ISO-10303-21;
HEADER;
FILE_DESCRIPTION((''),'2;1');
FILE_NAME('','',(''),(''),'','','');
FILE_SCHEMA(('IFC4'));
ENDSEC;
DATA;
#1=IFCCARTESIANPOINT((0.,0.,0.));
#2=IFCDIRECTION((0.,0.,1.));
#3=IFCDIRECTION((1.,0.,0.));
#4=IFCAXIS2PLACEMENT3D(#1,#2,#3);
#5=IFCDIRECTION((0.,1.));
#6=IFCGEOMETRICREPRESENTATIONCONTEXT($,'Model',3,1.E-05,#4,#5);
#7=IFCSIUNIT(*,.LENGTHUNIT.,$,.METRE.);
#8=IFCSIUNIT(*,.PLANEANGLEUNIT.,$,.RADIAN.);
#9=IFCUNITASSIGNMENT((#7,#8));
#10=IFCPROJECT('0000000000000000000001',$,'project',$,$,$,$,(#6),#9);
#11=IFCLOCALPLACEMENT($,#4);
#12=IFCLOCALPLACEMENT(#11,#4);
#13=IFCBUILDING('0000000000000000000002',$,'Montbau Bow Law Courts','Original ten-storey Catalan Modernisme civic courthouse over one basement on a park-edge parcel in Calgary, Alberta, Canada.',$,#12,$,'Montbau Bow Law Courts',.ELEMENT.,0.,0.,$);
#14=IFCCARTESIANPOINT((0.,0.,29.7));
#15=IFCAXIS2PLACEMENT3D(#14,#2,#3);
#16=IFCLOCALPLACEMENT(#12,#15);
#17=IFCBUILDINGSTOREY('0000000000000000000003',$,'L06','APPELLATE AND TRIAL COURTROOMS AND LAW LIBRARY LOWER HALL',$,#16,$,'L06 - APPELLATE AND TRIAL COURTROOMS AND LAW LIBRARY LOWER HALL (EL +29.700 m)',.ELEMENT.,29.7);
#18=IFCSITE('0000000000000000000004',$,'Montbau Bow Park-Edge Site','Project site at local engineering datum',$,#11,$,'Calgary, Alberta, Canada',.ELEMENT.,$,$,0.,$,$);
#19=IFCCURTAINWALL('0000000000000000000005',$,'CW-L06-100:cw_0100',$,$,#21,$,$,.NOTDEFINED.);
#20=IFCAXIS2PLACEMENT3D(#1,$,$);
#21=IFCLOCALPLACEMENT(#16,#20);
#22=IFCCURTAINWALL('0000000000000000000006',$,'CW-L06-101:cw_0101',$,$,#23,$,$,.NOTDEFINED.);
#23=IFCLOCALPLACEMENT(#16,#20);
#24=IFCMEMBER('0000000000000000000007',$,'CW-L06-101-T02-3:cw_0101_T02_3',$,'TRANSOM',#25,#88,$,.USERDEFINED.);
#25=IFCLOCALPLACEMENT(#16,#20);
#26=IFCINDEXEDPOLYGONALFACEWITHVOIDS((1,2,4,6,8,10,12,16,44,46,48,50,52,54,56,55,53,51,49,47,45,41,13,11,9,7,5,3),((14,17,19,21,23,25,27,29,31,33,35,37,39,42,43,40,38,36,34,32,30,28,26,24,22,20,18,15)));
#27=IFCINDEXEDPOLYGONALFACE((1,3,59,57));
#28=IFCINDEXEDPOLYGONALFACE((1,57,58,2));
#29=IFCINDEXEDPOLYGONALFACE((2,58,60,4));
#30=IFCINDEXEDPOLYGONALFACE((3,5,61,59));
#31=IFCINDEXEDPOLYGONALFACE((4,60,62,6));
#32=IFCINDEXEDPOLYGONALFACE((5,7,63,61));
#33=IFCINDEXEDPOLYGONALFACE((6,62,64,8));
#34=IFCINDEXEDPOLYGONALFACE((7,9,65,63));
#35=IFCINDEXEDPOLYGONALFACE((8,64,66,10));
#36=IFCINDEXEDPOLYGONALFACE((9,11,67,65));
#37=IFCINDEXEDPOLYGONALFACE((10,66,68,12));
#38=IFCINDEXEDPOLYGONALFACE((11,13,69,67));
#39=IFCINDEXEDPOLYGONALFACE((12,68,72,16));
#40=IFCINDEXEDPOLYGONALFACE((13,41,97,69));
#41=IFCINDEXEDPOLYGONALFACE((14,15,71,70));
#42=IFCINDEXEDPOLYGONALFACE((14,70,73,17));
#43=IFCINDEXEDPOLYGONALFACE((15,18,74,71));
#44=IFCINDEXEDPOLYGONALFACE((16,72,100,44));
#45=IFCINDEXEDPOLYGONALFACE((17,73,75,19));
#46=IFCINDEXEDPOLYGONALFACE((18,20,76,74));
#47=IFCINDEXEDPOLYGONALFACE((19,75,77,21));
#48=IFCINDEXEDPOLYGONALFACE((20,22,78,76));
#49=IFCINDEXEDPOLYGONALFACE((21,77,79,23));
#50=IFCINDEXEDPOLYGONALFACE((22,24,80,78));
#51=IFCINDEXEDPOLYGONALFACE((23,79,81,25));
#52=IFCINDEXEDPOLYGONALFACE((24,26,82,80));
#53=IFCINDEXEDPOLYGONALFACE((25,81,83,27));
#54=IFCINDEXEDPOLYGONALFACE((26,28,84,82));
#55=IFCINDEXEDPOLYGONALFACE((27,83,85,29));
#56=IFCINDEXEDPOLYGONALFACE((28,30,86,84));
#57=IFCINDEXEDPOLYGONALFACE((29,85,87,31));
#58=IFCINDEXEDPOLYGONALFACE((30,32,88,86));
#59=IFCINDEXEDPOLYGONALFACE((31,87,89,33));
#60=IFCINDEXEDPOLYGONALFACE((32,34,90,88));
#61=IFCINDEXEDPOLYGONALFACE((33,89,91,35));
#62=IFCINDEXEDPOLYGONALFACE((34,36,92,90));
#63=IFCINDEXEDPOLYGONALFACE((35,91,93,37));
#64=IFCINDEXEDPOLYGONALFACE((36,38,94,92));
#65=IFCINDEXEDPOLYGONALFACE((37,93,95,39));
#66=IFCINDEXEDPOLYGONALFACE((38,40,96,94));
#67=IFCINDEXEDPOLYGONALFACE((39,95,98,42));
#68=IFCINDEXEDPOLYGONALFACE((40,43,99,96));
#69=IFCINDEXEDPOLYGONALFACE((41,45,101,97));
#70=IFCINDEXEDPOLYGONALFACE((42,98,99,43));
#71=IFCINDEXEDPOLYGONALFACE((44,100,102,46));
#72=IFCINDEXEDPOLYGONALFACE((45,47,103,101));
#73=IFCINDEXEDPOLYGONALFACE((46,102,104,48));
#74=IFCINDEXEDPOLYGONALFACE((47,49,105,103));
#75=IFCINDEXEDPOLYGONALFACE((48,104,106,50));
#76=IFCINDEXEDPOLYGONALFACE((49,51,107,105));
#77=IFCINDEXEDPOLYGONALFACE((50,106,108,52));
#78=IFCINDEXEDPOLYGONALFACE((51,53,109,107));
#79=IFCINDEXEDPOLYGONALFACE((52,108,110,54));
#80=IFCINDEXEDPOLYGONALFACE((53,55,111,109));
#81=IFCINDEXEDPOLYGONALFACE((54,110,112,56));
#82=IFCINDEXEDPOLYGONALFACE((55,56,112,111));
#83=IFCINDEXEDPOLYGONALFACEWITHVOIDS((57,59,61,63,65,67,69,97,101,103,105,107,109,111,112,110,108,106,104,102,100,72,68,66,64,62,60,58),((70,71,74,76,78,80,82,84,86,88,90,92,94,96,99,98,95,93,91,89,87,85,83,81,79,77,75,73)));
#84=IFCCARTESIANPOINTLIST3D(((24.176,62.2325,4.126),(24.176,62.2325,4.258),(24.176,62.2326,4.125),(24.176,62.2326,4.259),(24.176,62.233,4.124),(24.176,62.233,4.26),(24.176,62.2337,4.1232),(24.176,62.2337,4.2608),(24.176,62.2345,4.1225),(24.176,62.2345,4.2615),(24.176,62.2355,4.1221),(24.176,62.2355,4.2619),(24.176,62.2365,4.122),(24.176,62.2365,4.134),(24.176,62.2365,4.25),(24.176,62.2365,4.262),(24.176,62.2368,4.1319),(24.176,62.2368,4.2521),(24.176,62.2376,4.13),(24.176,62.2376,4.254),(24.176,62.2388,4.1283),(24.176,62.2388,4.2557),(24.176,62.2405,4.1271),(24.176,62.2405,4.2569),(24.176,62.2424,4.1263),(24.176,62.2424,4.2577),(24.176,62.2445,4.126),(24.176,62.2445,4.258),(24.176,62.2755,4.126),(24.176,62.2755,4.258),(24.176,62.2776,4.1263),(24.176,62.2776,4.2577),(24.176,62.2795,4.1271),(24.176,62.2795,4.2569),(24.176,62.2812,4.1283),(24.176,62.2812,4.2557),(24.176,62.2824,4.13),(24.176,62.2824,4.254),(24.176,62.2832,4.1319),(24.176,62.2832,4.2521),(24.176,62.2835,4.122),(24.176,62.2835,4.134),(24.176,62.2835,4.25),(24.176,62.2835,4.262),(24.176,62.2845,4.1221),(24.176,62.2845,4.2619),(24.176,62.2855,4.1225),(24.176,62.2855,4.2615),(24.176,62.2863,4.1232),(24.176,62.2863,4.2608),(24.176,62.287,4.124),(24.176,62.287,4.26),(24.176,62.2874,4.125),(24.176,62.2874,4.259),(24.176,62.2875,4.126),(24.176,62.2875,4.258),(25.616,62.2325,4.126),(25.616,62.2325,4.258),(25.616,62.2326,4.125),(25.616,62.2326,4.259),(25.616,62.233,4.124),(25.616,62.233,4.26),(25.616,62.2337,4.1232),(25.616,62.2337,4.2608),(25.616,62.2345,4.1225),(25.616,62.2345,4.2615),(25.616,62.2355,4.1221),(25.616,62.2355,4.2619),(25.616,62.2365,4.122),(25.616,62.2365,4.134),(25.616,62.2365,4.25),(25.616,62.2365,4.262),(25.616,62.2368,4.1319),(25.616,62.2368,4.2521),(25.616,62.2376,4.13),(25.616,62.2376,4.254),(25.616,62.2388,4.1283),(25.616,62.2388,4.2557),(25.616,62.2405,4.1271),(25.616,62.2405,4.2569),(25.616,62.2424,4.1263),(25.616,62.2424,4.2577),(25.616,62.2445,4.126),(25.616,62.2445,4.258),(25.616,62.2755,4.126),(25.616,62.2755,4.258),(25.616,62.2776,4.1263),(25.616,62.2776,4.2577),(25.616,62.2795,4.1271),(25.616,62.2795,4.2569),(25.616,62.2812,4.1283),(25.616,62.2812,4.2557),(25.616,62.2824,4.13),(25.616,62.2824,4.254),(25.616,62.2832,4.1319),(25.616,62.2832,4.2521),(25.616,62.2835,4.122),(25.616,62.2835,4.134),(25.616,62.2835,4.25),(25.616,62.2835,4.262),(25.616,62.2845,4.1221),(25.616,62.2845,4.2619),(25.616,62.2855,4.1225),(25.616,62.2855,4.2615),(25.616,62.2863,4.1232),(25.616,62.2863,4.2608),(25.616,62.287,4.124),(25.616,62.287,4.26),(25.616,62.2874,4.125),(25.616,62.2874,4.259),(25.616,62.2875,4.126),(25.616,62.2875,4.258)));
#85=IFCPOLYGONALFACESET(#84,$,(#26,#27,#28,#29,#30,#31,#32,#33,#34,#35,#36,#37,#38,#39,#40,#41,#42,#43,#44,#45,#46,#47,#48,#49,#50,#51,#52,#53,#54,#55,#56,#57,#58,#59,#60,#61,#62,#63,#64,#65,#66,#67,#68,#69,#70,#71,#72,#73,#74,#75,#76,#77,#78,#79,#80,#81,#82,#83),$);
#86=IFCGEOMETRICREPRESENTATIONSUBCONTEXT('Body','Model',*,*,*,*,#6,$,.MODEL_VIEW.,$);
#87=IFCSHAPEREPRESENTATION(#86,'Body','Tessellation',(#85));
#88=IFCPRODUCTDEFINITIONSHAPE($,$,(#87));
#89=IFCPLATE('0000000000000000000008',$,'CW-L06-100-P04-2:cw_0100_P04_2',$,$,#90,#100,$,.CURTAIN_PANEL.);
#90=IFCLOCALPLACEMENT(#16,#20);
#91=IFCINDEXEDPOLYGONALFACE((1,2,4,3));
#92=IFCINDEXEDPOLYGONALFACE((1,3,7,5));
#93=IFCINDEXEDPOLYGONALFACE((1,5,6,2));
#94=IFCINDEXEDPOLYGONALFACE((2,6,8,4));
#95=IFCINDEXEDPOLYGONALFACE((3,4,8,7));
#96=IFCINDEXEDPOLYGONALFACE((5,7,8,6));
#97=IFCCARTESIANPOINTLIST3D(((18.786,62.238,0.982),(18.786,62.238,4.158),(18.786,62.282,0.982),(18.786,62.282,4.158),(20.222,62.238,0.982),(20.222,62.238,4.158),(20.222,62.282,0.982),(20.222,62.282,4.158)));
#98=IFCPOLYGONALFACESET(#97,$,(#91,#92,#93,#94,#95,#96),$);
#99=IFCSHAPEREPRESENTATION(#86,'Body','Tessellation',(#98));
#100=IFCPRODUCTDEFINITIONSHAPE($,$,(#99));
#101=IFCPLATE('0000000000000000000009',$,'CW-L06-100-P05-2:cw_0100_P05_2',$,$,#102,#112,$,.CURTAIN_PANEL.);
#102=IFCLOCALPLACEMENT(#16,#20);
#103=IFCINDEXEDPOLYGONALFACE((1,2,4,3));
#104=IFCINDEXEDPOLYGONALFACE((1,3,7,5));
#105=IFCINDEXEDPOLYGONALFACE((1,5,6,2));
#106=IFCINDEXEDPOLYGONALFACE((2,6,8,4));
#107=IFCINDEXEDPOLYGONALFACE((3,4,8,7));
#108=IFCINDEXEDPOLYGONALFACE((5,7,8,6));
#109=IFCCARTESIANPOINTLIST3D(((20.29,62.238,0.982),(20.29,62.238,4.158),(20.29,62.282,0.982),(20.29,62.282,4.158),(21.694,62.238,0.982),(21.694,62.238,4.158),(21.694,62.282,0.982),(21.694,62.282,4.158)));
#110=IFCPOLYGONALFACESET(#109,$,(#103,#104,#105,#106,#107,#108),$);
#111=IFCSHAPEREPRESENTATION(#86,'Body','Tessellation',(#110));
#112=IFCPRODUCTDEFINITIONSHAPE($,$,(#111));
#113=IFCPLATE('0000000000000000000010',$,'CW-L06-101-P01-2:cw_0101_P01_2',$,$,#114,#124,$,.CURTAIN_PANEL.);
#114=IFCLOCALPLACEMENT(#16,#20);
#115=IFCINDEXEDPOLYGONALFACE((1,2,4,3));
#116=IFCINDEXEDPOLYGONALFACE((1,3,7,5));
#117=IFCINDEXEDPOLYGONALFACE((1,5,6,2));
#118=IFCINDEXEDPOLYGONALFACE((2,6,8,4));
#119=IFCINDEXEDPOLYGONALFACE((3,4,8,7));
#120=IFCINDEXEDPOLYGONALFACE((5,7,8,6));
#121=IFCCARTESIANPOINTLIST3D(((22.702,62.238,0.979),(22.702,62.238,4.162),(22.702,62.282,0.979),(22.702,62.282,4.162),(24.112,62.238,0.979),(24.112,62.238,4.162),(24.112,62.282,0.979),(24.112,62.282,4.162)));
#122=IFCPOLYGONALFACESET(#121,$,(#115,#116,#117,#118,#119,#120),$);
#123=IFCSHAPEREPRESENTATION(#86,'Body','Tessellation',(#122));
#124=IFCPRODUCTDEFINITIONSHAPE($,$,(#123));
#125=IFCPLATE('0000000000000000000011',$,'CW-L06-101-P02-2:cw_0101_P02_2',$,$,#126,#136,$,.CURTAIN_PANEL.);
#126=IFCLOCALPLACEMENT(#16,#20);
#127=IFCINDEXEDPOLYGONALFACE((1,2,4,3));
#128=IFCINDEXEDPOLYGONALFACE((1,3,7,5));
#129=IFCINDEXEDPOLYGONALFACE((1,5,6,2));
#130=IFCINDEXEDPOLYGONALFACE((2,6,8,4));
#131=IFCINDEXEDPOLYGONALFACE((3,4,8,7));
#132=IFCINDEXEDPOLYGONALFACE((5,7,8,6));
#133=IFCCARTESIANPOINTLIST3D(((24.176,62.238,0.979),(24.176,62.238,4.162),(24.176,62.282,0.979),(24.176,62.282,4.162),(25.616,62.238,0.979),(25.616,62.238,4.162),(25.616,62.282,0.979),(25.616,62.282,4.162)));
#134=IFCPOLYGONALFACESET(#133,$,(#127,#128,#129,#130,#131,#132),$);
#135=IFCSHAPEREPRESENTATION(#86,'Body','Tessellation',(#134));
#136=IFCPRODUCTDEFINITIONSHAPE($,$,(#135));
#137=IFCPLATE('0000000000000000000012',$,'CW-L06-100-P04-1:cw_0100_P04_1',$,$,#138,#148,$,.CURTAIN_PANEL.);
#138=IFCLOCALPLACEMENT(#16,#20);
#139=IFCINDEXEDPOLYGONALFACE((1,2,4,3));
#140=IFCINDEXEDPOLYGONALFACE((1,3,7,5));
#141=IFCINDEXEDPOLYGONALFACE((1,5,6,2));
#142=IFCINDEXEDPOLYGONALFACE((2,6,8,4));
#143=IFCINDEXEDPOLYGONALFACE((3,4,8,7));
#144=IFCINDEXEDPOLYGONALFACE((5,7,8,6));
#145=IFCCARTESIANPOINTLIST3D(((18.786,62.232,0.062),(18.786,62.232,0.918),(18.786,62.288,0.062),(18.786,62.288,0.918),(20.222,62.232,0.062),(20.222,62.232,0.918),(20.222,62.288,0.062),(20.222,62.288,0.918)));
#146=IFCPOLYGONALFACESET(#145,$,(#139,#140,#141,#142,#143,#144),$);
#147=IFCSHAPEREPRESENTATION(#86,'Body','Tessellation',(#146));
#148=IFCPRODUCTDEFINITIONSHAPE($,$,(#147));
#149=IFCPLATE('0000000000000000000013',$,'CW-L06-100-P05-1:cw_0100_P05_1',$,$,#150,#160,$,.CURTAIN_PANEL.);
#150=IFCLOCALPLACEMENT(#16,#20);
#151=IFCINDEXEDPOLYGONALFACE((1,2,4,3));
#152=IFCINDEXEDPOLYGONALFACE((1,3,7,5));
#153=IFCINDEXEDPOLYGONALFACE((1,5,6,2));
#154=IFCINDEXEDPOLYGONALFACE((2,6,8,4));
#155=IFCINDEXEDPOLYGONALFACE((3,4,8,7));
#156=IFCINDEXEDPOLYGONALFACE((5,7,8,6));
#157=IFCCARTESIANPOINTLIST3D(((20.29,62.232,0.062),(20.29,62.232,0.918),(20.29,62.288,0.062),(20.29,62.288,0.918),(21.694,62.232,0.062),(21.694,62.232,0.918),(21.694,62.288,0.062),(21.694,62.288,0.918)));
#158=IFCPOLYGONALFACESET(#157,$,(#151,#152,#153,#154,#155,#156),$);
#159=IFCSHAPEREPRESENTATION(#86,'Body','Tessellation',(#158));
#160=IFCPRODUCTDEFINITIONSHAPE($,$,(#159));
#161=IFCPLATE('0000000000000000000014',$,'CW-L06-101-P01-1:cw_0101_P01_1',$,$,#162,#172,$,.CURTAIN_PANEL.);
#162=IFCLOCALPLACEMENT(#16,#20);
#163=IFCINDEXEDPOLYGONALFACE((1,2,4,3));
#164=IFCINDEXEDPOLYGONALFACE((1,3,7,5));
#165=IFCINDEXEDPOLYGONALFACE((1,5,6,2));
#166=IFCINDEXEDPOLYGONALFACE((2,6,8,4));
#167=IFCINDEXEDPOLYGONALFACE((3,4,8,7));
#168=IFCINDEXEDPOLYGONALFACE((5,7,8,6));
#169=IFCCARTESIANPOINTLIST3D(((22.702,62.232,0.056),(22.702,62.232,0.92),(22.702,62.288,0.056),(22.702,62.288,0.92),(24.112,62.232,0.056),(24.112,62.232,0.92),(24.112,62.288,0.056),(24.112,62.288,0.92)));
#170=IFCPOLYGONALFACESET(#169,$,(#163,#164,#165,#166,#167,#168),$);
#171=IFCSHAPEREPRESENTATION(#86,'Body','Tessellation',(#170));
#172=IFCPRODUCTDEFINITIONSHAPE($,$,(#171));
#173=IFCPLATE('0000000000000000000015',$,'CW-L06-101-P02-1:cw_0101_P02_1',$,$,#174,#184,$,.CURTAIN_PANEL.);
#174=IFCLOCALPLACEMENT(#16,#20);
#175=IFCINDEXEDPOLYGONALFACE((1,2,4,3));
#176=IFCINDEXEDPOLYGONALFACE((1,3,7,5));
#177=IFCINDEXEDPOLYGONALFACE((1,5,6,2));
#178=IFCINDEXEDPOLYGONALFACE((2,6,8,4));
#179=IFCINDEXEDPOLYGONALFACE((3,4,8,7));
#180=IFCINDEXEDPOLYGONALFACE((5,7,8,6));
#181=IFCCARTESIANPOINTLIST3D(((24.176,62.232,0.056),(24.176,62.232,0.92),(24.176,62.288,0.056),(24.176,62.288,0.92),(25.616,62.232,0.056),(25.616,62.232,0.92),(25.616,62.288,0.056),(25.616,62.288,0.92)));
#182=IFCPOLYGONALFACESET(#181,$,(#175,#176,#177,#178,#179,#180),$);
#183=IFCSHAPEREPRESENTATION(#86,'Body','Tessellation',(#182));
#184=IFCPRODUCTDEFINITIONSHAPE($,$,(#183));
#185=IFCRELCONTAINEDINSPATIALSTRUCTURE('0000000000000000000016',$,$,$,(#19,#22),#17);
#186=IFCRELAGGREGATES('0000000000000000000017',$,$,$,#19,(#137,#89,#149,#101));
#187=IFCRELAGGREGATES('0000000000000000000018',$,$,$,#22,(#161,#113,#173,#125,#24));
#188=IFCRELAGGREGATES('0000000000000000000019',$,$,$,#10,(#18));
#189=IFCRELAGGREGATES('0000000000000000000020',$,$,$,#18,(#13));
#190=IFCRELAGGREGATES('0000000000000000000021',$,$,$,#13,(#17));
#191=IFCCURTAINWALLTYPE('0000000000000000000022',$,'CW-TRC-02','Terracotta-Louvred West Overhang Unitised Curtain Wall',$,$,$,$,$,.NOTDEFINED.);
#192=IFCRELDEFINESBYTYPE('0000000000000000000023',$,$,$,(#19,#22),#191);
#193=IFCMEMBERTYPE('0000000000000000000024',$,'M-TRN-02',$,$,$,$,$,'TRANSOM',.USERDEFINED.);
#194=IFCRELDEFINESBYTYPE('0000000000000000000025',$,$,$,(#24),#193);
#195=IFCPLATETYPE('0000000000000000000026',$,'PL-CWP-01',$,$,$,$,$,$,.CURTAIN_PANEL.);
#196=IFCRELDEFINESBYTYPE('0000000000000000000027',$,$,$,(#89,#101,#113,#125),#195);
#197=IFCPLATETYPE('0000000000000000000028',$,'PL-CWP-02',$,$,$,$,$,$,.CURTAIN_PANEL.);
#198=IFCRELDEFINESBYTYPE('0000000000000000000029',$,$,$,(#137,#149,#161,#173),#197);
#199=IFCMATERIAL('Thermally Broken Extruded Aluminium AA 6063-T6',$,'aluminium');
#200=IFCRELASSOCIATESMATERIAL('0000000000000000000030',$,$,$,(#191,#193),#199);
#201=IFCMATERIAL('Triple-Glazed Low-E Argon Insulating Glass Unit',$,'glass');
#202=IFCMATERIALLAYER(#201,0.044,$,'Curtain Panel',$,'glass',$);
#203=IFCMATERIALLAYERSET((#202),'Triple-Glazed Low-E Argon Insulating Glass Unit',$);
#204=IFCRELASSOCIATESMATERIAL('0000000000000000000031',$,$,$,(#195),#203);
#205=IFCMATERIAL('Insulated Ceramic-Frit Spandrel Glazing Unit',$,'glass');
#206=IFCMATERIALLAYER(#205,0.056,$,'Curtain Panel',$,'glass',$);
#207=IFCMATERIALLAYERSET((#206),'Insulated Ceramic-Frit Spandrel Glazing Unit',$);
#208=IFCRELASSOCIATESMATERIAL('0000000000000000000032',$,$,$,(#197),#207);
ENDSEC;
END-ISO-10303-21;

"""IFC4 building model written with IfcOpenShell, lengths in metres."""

from ifc_helpers import new_model, si_unit, direction, frame, frame_2d, origin_with_axes, origin_2d_with_axis, place, context, subcontext, project, spatial, rectangle, hollow_rectangle, extrude, material, layer, layer_set, material_profile, profile_set, type_object, element, aggregate, save


model = new_model("IFC4")

# Units and contexts
model_context = context("Model", 3, precision=1e-05, world=origin_with_axes(), true_north=direction((0.0, 1.0)))
body_context = subcontext(model_context, "Body", "Model", "MODEL_VIEW")
ifc_project = project(units=[si_unit("LENGTHUNIT", "METRE"), si_unit("PLANEANGLEUNIT", "RADIAN")], contexts=[model_context])

# Site, building, storey
site_placement = place(None, origin_with_axes())
site = spatial("IfcSite", under=ifc_project, at=site_placement, Name="Montbau Bow Park-Edge Site", Description="Project site at local engineering datum", LongName="Calgary, Alberta, Canada", CompositionType="ELEMENT", RefElevation=0.0)
building_placement = place(site_placement, origin_with_axes())
building = spatial("IfcBuilding", under=site, at=building_placement, Name="Montbau Bow Law Courts", Description="Original ten-storey Catalan Modernisme civic courthouse over one basement on a park-edge parcel in Calgary, Alberta, Canada.", LongName="Montbau Bow Law Courts", CompositionType="ELEMENT", ElevationOfRefHeight=0.0, ElevationOfTerrain=0.0)
storey_placement = place(building_placement, frame((0.0, 0.0, 29.7), z_axis=(0.0, 0.0, 1.0), x_axis=(1.0, 0.0, 0.0)))
storey = spatial("IfcBuildingStorey", under=building, at=storey_placement, Name="L06", Description="APPELLATE AND TRIAL COURTROOMS AND LAW LIBRARY LOWER HALL", LongName="L06 - APPELLATE AND TRIAL COURTROOMS AND LAW LIBRARY LOWER HALL (EL +29.700 m)", CompositionType="ELEMENT", Elevation=29.7)

# Curtain walls
ifc_material_1 = material(Name="Thermally Broken Extruded Aluminium AA 6063-T6", Category="aluminium")
curtain_wall_type = type_object("IfcCurtainWallType", Name="CW-TRC-02", Description="Terracotta-Louvred West Overhang Unitised Curtain Wall", PredefinedType="NOTDEFINED", material=ifc_material_1)
curtain_wall_1_placement = place(None, frame((14.24, 62.26, 29.7), z_axis=(0.0, 0.0, 1.0), x_axis=(1.0, 0.0, 0.0)))
curtain_wall_1 = element("IfcCurtainWall", 1, at=curtain_wall_1_placement, inside=storey, type_object=curtain_wall_type, Name="CW-L06-100:cw_0100", PredefinedType="NOTDEFINED")
curtain_wall_2_placement = place(None, frame((22.64, 62.26, 29.7), z_axis=(0.0, 0.0, 1.0), x_axis=(1.0, 0.0, 0.0)))
curtain_wall_2 = element("IfcCurtainWall", 2, at=curtain_wall_2_placement, inside=storey, type_object=curtain_wall_type, Name="CW-L06-101:cw_0101", PredefinedType="NOTDEFINED")

# Member
ifc_material_profile_1 = material_profile(ifc_material_1, hollow_rectangle(XDim=0.055, YDim=0.14, WallThickness=0.004, InnerFilletRadius=0.008, OuterFilletRadius=0.004, at=origin_2d_with_axis()), Name="CWT-140X55", Category="Main", Priority=0)
ifc_profile_set_1 = profile_set([ifc_material_profile_1], Name="Thermally Broken Extruded Aluminium AA 6063-T6")
member_type_1 = type_object("IfcMemberType", Name="M-TRN-02", ElementType="TRANSOM", PredefinedType="USERDEFINED", material=ifc_profile_set_1)
member_1_placement = place(None, frame((24.176, 62.26, 33.892), z_axis=(1.0, 0.0, 0.0), x_axis=(0.0, 1.0, 0.0)))
member_1 = element("IfcMember", 3, at=member_1_placement, type_object=member_type_1, Name="CW-L06-101-T02-3:cw_0101_T02_3", ObjectType="TRANSOM", PredefinedType="USERDEFINED", context=body_context, shape_type="SweptSolid", body=[
    extrude(hollow_rectangle(XDim=0.055, YDim=0.14, WallThickness=0.004, InnerFilletRadius=0.008, OuterFilletRadius=0.004, at=origin_2d_with_axis()), origin_with_axes(), (0.0, 0.0, 1.0), 1.44),
])

# Plates
ifc_material_2 = material(Name="Triple-Glazed Low-E Argon Insulating Glass Unit", Category="glass")
ifc_layer_1 = layer(ifc_material_2, 0.044, Name="Curtain Panel", Category="glass")
ifc_layer_set_1 = layer_set([ifc_layer_1], Name="Triple-Glazed Low-E Argon Insulating Glass Unit")
plate_type_1 = type_object("IfcPlateType", Name="PL-CWP-01", PredefinedType="CURTAIN_PANEL", material=ifc_layer_set_1)
plate_1_placement = place(None, frame((18.786, 62.26, 30.682), z_axis=(0.0, -1.0, 0.0), x_axis=(1.0, 0.0, 0.0)))
plate_1 = element("IfcPlate", 4, at=plate_1_placement, type_object=plate_type_1, Name="CW-L06-100-P04-2:cw_0100_P04_2", PredefinedType="CURTAIN_PANEL", context=body_context, shape_type="SweptSolid", body=[
    extrude(rectangle(XDim=1.436, YDim=3.176, at=frame_2d((0.718, 1.588), x_axis=(1.0, 0.0))), frame((0.0, 0.0, -0.022), z_axis=(0.0, 0.0, 1.0), x_axis=(1.0, 0.0, 0.0)), (0.0, 0.0, 1.0), 0.044),
])
plate_2_placement = place(None, frame((20.29, 62.26, 30.682), z_axis=(0.0, -1.0, 0.0), x_axis=(1.0, 0.0, 0.0)))
plate_2 = element("IfcPlate", 5, at=plate_2_placement, type_object=plate_type_1, Name="CW-L06-100-P05-2:cw_0100_P05_2", PredefinedType="CURTAIN_PANEL", context=body_context, shape_type="SweptSolid", body=[
    extrude(rectangle(XDim=1.404, YDim=3.176, at=frame_2d((0.702, 1.588), x_axis=(1.0, 0.0))), frame((0.0, 0.0, -0.022), z_axis=(0.0, 0.0, 1.0), x_axis=(1.0, 0.0, 0.0)), (0.0, 0.0, 1.0), 0.044),
])
plate_3_placement = place(None, frame((22.702, 62.26, 30.679), z_axis=(0.0, -1.0, 0.0), x_axis=(1.0, 0.0, 0.0)))
plate_3 = element("IfcPlate", 6, at=plate_3_placement, type_object=plate_type_1, Name="CW-L06-101-P01-2:cw_0101_P01_2", PredefinedType="CURTAIN_PANEL", context=body_context, shape_type="SweptSolid", body=[
    extrude(rectangle(XDim=1.41, YDim=3.183, at=frame_2d((0.705, 1.5915), x_axis=(1.0, 0.0))), frame((0.0, 0.0, -0.022), z_axis=(0.0, 0.0, 1.0), x_axis=(1.0, 0.0, 0.0)), (0.0, 0.0, 1.0), 0.044),
])
plate_4_placement = place(None, frame((24.176, 62.26, 30.679), z_axis=(0.0, -1.0, 0.0), x_axis=(1.0, 0.0, 0.0)))
plate_4 = element("IfcPlate", 7, at=plate_4_placement, type_object=plate_type_1, Name="CW-L06-101-P02-2:cw_0101_P02_2", PredefinedType="CURTAIN_PANEL", context=body_context, shape_type="SweptSolid", body=[
    extrude(rectangle(XDim=1.44, YDim=3.183, at=frame_2d((0.72, 1.5915), x_axis=(1.0, 0.0))), frame((0.0, 0.0, -0.022), z_axis=(0.0, 0.0, 1.0), x_axis=(1.0, 0.0, 0.0)), (0.0, 0.0, 1.0), 0.044),
])
ifc_material_3 = material(Name="Insulated Ceramic-Frit Spandrel Glazing Unit", Category="glass")
ifc_layer_2 = layer(ifc_material_3, 0.056, Name="Curtain Panel", Category="glass")
ifc_layer_set_2 = layer_set([ifc_layer_2], Name="Insulated Ceramic-Frit Spandrel Glazing Unit")
plate_type_2 = type_object("IfcPlateType", Name="PL-CWP-02", PredefinedType="CURTAIN_PANEL", material=ifc_layer_set_2)
plate_5_placement = place(None, frame((18.786, 62.26, 29.762), z_axis=(0.0, -1.0, 0.0), x_axis=(1.0, 0.0, 0.0)))
plate_5 = element("IfcPlate", 8, at=plate_5_placement, type_object=plate_type_2, Name="CW-L06-100-P04-1:cw_0100_P04_1", PredefinedType="CURTAIN_PANEL", context=body_context, shape_type="SweptSolid", body=[
    extrude(rectangle(XDim=1.436, YDim=0.856, at=frame_2d((0.718, 0.428), x_axis=(1.0, 0.0))), frame((0.0, 0.0, -0.028), z_axis=(0.0, 0.0, 1.0), x_axis=(1.0, 0.0, 0.0)), (0.0, 0.0, 1.0), 0.056),
])
plate_6_placement = place(None, frame((20.29, 62.26, 29.762), z_axis=(0.0, -1.0, 0.0), x_axis=(1.0, 0.0, 0.0)))
plate_6 = element("IfcPlate", 9, at=plate_6_placement, type_object=plate_type_2, Name="CW-L06-100-P05-1:cw_0100_P05_1", PredefinedType="CURTAIN_PANEL", context=body_context, shape_type="SweptSolid", body=[
    extrude(rectangle(XDim=1.404, YDim=0.856, at=frame_2d((0.702, 0.428), x_axis=(1.0, 0.0))), frame((0.0, 0.0, -0.028), z_axis=(0.0, 0.0, 1.0), x_axis=(1.0, 0.0, 0.0)), (0.0, 0.0, 1.0), 0.056),
])
aggregate(curtain_wall_1, [plate_5, plate_1, plate_6, plate_2])
plate_7_placement = place(None, frame((22.702, 62.26, 29.756), z_axis=(0.0, -1.0, 0.0), x_axis=(1.0, 0.0, 0.0)))
plate_7 = element("IfcPlate", 10, at=plate_7_placement, type_object=plate_type_2, Name="CW-L06-101-P01-1:cw_0101_P01_1", PredefinedType="CURTAIN_PANEL", context=body_context, shape_type="SweptSolid", body=[
    extrude(rectangle(XDim=1.41, YDim=0.864, at=frame_2d((0.705, 0.432), x_axis=(1.0, 0.0))), frame((0.0, 0.0, -0.028), z_axis=(0.0, 0.0, 1.0), x_axis=(1.0, 0.0, 0.0)), (0.0, 0.0, 1.0), 0.056),
])
plate_8_placement = place(None, frame((24.176, 62.26, 29.756), z_axis=(0.0, -1.0, 0.0), x_axis=(1.0, 0.0, 0.0)))
plate_8 = element("IfcPlate", 11, at=plate_8_placement, type_object=plate_type_2, Name="CW-L06-101-P02-1:cw_0101_P02_1", PredefinedType="CURTAIN_PANEL", context=body_context, shape_type="SweptSolid", body=[
    extrude(rectangle(XDim=1.44, YDim=0.864, at=frame_2d((0.72, 0.432), x_axis=(1.0, 0.0))), frame((0.0, 0.0, -0.028), z_axis=(0.0, 0.0, 1.0), x_axis=(1.0, 0.0, 0.0)), (0.0, 0.0, 1.0), 0.056),
])
aggregate(curtain_wall_2, [plate_7, plate_3, plate_8, plate_4, member_1])

save(model, "model.ifc")
